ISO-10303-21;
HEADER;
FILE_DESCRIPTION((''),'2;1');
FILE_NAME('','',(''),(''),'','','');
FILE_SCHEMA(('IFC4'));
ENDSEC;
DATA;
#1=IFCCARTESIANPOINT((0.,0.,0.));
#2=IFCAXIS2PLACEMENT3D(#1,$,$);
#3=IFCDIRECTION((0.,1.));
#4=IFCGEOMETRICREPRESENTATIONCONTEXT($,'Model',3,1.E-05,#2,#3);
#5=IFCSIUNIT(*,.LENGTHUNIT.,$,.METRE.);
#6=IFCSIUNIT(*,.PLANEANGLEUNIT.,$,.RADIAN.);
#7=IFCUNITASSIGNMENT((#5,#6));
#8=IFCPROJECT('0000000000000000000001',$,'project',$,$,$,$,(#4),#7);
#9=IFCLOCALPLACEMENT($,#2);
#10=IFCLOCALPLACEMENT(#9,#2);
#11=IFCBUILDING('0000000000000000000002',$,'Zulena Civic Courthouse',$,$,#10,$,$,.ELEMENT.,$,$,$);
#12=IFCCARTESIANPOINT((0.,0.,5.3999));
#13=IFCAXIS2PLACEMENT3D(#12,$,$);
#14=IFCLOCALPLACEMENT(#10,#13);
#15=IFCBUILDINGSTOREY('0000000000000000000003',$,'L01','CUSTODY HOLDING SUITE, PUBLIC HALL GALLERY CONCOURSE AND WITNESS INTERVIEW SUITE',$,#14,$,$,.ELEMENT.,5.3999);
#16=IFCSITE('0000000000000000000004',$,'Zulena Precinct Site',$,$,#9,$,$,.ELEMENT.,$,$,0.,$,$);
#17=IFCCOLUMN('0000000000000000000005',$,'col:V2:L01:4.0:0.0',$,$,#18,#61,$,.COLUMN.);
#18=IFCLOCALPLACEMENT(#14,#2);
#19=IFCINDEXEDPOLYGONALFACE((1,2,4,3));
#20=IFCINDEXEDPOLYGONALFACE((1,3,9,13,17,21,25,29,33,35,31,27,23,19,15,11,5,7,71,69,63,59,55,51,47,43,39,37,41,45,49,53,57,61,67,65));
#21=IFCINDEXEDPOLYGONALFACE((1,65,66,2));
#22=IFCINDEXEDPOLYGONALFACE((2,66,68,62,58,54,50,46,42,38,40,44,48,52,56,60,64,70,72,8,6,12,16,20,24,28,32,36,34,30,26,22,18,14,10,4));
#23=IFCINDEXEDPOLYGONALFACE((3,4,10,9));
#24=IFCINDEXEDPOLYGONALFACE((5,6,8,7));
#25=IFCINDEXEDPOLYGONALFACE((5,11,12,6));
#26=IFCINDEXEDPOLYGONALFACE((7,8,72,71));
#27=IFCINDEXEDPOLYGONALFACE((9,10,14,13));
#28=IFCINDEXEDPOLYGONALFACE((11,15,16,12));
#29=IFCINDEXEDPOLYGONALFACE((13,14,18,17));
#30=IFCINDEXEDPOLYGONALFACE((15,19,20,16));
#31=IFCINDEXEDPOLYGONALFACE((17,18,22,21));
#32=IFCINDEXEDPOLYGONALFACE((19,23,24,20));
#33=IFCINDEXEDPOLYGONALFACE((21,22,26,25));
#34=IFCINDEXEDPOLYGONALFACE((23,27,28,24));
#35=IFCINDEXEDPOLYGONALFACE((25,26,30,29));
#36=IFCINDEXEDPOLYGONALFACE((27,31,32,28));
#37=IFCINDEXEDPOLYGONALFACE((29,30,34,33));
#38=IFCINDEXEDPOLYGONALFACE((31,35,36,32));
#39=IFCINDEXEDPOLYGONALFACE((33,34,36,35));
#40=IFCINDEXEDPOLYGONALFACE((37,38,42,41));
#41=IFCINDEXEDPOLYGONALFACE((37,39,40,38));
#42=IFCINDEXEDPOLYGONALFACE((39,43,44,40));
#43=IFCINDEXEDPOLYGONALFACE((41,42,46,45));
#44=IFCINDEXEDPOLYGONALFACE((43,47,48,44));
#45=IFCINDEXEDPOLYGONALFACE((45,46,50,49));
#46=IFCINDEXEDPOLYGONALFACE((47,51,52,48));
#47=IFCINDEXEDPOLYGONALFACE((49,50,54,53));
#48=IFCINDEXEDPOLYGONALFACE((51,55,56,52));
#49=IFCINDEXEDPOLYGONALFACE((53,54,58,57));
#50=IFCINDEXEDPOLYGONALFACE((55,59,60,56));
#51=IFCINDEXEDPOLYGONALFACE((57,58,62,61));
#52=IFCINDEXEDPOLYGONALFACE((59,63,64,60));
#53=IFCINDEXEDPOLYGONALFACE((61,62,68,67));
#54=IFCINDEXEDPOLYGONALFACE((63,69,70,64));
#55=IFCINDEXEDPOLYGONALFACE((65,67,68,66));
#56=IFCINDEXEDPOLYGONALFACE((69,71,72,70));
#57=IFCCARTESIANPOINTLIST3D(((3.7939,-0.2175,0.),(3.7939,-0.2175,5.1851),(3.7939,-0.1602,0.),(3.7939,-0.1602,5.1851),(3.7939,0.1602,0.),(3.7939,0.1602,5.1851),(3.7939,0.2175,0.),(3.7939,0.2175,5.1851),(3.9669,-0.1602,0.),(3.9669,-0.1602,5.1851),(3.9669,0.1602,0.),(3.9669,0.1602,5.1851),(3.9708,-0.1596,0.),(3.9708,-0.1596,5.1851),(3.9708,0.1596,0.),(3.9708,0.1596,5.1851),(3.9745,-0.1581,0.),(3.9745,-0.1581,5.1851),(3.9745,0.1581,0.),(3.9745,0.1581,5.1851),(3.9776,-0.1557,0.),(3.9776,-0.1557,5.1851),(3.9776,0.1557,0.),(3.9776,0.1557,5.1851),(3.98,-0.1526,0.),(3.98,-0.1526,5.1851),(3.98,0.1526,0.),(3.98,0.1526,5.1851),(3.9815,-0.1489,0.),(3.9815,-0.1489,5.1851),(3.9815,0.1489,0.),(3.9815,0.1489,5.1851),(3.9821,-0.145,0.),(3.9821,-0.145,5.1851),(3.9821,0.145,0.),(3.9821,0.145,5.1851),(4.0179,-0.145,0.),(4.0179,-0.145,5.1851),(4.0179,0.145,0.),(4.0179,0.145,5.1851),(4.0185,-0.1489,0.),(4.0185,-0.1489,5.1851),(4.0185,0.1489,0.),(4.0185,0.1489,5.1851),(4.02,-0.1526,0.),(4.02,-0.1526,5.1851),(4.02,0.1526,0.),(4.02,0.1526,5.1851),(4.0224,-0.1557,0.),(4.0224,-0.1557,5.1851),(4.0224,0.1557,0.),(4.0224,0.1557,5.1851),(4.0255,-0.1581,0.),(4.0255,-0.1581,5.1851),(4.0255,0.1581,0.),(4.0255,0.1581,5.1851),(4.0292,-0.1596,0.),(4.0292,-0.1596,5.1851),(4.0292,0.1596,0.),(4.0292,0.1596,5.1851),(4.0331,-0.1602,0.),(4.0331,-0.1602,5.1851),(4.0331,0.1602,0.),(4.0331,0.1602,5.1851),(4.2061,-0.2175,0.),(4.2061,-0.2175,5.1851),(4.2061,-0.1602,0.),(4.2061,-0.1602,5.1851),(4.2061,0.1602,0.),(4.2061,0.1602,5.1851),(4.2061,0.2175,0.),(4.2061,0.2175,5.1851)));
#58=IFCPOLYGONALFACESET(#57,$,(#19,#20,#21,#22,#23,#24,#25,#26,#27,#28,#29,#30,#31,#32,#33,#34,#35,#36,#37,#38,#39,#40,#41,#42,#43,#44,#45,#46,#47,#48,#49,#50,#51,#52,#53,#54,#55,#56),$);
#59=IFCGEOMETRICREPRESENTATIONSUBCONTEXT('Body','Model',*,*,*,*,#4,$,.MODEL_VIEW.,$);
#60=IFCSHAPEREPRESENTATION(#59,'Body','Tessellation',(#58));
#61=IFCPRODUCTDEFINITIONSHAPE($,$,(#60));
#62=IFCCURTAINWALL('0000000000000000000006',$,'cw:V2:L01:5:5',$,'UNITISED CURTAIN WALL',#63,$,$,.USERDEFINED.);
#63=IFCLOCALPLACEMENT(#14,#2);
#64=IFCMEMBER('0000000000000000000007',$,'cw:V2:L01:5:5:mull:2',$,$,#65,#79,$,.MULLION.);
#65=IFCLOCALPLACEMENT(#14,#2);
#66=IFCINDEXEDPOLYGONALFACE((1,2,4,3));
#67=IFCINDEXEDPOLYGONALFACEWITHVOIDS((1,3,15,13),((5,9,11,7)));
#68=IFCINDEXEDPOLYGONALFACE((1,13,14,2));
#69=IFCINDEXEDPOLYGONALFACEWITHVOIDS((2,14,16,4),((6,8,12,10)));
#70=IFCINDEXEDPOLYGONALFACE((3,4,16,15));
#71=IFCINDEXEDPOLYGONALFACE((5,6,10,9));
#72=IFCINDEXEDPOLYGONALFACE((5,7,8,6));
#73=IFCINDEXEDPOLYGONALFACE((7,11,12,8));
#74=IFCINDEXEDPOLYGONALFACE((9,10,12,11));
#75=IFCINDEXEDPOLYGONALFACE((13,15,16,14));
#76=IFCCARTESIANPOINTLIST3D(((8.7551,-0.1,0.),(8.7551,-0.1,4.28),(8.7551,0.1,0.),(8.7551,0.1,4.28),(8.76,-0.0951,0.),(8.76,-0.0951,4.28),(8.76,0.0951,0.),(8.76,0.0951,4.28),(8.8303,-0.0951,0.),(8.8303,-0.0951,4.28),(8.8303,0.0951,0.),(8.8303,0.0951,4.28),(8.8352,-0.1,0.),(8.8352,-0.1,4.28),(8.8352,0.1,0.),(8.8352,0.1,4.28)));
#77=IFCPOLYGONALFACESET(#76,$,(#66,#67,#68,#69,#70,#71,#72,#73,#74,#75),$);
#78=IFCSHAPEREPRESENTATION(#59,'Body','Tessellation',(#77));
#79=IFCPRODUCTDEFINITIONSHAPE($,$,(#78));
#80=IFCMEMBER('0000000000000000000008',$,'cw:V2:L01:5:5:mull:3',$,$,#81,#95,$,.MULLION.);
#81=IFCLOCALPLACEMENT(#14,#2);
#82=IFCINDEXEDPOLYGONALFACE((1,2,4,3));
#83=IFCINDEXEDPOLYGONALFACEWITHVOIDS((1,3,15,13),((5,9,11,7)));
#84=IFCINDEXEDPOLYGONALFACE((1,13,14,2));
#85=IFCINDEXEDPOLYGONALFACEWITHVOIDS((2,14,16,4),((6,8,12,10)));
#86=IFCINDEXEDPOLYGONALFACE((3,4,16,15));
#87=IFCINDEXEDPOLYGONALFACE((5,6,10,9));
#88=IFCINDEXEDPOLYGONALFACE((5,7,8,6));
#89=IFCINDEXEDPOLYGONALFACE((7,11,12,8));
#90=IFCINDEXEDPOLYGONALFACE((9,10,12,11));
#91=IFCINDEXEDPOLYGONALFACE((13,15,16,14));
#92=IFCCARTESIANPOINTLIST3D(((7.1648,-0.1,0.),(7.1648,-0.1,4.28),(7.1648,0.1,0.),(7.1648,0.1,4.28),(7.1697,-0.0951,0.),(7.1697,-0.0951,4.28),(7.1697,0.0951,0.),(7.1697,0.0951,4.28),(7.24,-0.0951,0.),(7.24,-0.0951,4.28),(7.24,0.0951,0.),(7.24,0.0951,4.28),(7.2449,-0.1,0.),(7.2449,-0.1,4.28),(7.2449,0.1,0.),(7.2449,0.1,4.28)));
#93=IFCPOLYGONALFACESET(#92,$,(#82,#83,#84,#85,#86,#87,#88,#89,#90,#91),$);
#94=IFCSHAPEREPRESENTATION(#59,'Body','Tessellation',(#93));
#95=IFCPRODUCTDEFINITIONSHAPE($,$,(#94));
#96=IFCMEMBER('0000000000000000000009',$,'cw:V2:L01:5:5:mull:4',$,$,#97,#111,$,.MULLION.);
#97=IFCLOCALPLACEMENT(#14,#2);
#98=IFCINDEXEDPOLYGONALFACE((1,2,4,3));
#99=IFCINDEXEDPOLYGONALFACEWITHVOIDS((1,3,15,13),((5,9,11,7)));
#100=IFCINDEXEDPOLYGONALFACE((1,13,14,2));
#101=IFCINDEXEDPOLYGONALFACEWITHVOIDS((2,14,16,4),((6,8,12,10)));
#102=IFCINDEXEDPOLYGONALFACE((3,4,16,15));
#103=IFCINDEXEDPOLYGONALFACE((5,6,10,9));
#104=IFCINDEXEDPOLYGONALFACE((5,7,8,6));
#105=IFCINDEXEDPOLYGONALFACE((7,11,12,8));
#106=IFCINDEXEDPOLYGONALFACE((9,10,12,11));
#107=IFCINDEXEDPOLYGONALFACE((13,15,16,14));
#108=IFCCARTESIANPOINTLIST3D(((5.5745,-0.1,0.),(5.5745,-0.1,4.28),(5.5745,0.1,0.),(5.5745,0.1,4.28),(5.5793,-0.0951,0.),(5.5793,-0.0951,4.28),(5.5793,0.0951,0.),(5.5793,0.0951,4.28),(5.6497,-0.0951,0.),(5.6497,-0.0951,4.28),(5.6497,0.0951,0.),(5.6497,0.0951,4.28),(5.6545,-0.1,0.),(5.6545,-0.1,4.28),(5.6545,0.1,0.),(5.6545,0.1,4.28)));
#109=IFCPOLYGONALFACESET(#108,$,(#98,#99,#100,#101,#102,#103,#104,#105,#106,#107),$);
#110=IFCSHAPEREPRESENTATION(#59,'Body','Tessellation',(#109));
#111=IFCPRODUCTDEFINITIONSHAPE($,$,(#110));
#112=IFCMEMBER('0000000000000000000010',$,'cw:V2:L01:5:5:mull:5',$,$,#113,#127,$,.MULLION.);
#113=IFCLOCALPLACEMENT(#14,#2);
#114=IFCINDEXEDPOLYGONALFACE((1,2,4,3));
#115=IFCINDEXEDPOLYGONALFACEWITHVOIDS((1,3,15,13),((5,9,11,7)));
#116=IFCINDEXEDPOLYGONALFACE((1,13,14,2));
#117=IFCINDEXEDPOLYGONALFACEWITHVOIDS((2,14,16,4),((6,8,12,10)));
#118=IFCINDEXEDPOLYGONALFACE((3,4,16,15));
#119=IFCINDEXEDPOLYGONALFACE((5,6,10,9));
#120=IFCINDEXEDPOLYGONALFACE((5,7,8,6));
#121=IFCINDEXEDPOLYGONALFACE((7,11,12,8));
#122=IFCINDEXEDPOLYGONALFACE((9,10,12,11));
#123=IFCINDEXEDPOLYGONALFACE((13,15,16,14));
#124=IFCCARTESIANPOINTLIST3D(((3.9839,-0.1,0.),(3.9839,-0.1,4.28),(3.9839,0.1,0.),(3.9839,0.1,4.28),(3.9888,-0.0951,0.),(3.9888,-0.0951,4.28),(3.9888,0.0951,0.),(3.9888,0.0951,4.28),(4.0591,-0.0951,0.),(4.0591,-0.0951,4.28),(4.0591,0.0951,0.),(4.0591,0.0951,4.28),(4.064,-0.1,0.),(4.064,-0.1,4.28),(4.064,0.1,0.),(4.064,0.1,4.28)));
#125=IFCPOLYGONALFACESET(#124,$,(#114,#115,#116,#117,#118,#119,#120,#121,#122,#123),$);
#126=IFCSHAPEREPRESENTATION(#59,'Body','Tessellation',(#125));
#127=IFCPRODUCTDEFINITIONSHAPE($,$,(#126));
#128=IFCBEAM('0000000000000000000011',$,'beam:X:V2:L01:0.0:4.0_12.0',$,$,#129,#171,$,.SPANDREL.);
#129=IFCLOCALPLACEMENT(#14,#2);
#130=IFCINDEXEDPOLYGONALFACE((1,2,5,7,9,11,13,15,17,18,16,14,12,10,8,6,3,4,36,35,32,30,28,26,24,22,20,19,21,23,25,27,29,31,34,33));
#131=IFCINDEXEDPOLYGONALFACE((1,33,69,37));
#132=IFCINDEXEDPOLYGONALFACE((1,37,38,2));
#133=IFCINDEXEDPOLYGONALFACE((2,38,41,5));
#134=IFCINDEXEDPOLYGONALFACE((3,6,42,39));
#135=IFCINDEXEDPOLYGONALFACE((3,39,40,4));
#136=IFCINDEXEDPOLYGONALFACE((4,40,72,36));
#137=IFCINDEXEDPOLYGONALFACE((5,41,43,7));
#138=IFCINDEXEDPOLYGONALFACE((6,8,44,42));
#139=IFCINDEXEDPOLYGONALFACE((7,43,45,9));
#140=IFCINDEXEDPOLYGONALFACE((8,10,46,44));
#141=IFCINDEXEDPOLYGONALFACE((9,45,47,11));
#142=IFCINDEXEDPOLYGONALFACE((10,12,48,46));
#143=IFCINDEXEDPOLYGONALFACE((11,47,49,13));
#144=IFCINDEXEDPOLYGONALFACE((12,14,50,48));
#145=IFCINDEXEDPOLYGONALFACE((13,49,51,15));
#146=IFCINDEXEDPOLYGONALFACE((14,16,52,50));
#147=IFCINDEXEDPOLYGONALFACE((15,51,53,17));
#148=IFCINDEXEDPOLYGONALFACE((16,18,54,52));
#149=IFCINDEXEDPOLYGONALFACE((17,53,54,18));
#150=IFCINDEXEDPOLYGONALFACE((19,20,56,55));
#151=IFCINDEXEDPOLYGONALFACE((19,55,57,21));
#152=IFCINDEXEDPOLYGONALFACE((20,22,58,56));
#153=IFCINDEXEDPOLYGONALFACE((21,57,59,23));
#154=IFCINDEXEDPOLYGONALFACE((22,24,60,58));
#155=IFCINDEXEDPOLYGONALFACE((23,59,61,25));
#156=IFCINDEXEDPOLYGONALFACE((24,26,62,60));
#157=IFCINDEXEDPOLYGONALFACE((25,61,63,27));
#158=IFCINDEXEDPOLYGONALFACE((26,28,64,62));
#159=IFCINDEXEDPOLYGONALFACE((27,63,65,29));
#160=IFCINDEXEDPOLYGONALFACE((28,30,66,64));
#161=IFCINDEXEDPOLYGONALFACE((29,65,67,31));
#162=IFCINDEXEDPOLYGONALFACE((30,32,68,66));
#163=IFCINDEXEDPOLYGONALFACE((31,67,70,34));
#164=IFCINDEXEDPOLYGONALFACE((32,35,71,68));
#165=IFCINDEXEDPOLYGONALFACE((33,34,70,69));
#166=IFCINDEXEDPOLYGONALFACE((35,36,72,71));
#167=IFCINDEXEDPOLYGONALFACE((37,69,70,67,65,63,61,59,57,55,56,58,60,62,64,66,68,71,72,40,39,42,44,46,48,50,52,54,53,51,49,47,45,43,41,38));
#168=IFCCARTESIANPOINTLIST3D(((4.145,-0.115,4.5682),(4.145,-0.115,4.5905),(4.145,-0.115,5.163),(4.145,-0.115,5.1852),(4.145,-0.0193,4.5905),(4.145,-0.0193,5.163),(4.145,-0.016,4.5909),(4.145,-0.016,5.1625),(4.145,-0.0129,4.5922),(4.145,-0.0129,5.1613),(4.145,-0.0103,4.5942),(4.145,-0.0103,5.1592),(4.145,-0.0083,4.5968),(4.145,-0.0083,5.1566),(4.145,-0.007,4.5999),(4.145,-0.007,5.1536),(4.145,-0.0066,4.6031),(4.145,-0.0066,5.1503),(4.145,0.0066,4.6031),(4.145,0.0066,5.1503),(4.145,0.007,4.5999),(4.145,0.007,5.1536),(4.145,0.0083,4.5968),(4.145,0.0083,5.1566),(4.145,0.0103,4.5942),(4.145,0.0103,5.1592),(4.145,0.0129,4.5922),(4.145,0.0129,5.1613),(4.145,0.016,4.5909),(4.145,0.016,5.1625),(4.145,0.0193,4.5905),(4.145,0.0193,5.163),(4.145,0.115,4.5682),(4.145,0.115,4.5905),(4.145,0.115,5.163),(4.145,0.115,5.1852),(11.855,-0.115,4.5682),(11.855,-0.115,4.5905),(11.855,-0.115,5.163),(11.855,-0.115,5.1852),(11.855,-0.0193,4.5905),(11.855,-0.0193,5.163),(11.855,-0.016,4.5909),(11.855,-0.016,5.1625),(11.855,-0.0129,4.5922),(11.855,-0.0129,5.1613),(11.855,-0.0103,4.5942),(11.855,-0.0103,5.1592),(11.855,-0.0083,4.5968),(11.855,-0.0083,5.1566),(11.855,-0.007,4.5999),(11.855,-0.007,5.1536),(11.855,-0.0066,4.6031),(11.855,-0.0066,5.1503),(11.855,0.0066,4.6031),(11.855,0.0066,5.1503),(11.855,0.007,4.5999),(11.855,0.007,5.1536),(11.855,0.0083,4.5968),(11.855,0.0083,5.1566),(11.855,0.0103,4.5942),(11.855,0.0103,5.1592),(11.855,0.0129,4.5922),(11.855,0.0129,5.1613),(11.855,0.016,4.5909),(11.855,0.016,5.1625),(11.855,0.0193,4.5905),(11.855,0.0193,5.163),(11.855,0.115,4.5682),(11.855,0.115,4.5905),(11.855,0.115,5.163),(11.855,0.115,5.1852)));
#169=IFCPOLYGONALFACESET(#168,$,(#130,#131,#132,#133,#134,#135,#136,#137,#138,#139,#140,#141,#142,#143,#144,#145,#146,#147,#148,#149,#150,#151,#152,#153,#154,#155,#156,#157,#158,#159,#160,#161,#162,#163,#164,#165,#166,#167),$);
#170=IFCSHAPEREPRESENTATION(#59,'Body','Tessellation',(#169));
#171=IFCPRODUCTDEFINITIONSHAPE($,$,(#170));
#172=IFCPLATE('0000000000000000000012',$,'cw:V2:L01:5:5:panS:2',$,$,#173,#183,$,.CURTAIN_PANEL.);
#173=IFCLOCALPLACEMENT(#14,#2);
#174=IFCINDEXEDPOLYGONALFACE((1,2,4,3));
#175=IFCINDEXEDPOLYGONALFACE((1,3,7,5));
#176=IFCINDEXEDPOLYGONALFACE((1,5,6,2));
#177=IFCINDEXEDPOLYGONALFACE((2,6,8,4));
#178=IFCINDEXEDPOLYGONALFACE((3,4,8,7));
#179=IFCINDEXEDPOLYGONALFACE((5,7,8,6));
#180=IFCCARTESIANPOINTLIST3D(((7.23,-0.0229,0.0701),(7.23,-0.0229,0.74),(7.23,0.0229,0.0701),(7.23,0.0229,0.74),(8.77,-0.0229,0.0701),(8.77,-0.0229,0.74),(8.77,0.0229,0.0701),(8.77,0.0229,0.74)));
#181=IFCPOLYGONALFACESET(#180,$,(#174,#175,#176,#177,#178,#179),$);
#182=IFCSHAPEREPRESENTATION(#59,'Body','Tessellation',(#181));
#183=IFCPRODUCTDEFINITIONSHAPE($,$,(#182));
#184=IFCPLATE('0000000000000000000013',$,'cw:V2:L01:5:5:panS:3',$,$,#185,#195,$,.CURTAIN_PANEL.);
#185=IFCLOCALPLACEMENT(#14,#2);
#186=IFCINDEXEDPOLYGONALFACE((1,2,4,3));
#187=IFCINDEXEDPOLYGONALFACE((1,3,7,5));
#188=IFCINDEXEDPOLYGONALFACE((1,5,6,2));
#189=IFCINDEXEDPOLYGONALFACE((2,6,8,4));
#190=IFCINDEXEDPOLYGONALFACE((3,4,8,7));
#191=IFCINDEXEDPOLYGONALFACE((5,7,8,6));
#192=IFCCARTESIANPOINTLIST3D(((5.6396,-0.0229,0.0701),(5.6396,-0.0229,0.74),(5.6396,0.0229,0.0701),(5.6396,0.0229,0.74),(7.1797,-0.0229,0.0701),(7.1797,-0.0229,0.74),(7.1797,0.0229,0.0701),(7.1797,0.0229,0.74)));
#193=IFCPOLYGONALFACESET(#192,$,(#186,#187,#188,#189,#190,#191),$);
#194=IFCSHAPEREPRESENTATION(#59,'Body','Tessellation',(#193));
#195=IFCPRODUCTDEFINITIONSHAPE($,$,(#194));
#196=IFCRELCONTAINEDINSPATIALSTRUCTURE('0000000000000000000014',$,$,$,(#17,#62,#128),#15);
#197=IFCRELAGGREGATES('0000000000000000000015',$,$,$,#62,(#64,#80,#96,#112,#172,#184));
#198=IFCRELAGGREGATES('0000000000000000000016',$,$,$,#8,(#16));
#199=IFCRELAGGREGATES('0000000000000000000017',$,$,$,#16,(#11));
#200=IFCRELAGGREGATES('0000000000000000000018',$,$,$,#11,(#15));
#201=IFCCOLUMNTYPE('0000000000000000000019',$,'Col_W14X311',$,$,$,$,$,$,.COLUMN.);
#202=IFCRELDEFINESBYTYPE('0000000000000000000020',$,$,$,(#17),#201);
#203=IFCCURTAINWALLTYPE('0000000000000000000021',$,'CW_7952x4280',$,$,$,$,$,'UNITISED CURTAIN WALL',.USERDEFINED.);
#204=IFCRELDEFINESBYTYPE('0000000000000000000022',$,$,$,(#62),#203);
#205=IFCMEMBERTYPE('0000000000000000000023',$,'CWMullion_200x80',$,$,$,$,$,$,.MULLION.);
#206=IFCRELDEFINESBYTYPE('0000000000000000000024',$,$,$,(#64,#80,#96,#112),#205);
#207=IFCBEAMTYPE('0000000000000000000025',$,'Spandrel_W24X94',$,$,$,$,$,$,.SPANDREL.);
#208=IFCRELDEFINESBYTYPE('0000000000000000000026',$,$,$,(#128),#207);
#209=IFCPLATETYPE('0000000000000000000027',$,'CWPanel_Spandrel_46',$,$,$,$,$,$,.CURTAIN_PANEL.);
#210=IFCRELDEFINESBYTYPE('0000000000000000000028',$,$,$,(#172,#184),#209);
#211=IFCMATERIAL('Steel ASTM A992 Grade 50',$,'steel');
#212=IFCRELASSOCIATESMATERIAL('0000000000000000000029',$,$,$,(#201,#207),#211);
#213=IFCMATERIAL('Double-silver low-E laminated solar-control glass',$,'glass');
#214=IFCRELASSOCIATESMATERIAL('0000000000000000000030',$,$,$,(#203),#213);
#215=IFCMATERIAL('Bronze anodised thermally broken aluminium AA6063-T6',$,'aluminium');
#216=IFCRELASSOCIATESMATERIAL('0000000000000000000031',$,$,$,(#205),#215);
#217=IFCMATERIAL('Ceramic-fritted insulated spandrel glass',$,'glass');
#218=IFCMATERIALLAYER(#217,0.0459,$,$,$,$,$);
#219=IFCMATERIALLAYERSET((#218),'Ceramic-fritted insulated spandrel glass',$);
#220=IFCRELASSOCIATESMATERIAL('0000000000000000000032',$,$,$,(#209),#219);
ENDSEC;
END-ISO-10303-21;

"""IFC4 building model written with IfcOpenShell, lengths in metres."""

from ifc_helpers import new_model, si_unit, direction, frame, origin, origin_2d, place, context, subcontext, project, spatial, rectangle, hollow_rectangle, i_section, extrude, material, layer, layer_set, material_profile, profile_set, type_object, element, aggregate, save


model = new_model("IFC4")

# Units and contexts
model_context = context("Model", 3, precision=1e-05, world=origin(), true_north=direction((0.0, 1.0)))
body_context = subcontext(model_context, "Body", "Model", "MODEL_VIEW")
ifc_project = project(units=[si_unit("LENGTHUNIT", "METRE"), si_unit("PLANEANGLEUNIT", "RADIAN")], contexts=[model_context])

# Site, building, storey
site_placement = place(None, origin())
site = spatial("IfcSite", under=ifc_project, at=site_placement, Name="Zulena Precinct Site", CompositionType="ELEMENT", RefElevation=0.0)
building_placement = place(site_placement, origin())
building = spatial("IfcBuilding", under=site, at=building_placement, Name="Zulena Civic Courthouse", CompositionType="ELEMENT")
storey_placement = place(building_placement, frame((0.0, 0.0, 5.3999)))
storey = spatial("IfcBuildingStorey", under=building, at=storey_placement, Name="L01", Description="CUSTODY HOLDING SUITE, PUBLIC HALL GALLERY CONCOURSE AND WITNESS INTERVIEW SUITE", CompositionType="ELEMENT", Elevation=5.3999)

# Column
ifc_material_1 = material(Name="Steel ASTM A992 Grade 50", Category="steel")
ifc_material_profile_1 = material_profile(ifc_material_1, i_section(OverallWidth=0.4121, OverallDepth=0.4351, WebThickness=0.0359, FlangeThickness=0.0574, FilletRadius=0.0151, at=origin_2d()), Name="W14X311")
ifc_profile_set_1 = profile_set([ifc_material_profile_1], Name="Steel ASTM A992 Grade 50")
column_type = type_object("IfcColumnType", Name="Col_W14X311", PredefinedType="COLUMN", material=ifc_profile_set_1)
column_placement = place(storey_placement, frame((4.0, 0.0, 0.0), z_axis=(0.0, 0.0, 1.0), x_axis=(1.0, 0.0, 0.0)))
element("IfcColumn", 1, at=column_placement, inside=storey, type_object=column_type, Name="col:V2:L01:4.0:0.0", PredefinedType="COLUMN", context=body_context, shape_type="SweptSolid", body=[
    extrude(i_section(OverallWidth=0.4121, OverallDepth=0.4351, WebThickness=0.0359, FlangeThickness=0.0574, FilletRadius=0.0151, at=origin_2d()), origin(), (0.0, 0.0, 1.0), 5.1851),
])

# Curtain wall, members
ifc_material_2 = material(Name="Double-silver low-E laminated solar-control glass", Category="glass")
curtain_wall_type = type_object("IfcCurtainWallType", Name="CW_7952x4280", ElementType="UNITISED CURTAIN WALL", PredefinedType="USERDEFINED", material=ifc_material_2)
curtain_wall_placement = place(storey_placement, origin())
curtain_wall = element("IfcCurtainWall", 2, at=curtain_wall_placement, inside=storey, type_object=curtain_wall_type, Name="cw:V2:L01:5:5", ObjectType="UNITISED CURTAIN WALL", PredefinedType="USERDEFINED")
ifc_material_3 = material(Name="Bronze anodised thermally broken aluminium AA6063-T6", Category="aluminium")
ifc_material_profile_2 = material_profile(ifc_material_3, hollow_rectangle(XDim=0.0801, YDim=0.2, WallThickness=0.0049, at=origin_2d()), Name="CWM200X80X5")
ifc_profile_set_2 = profile_set([ifc_material_profile_2], Name="Bronze anodised thermally broken aluminium AA6063-T6")
member_type = type_object("IfcMemberType", Name="CWMullion_200x80", PredefinedType="MULLION", material=ifc_profile_set_2)
member_1_placement = place(storey_placement, frame((8.7952, 0.0, 0.0), z_axis=(0.0, 0.0, 1.0), x_axis=(1.0, 0.0, 0.0)))
member_1 = element("IfcMember", 3, at=member_1_placement, type_object=member_type, Name="cw:V2:L01:5:5:mull:2", PredefinedType="MULLION", context=body_context, shape_type="SweptSolid", body=[
    extrude(hollow_rectangle(XDim=0.0801, YDim=0.2, WallThickness=0.0049, at=origin_2d()), origin(), (0.0, 0.0, 1.0), 4.28),
])
member_2_placement = place(storey_placement, frame((7.2048, 0.0, 0.0), z_axis=(0.0, 0.0, 1.0), x_axis=(1.0, 0.0, 0.0)))
member_2 = element("IfcMember", 4, at=member_2_placement, type_object=member_type, Name="cw:V2:L01:5:5:mull:3", PredefinedType="MULLION", context=body_context, shape_type="SweptSolid", body=[
    extrude(hollow_rectangle(XDim=0.0801, YDim=0.2, WallThickness=0.0049, at=origin_2d()), origin(), (0.0, 0.0, 1.0), 4.28),
])
member_3_placement = place(storey_placement, frame((5.6145, 0.0, 0.0), z_axis=(0.0, 0.0, 1.0), x_axis=(1.0, 0.0, 0.0)))
member_3 = element("IfcMember", 5, at=member_3_placement, type_object=member_type, Name="cw:V2:L01:5:5:mull:4", PredefinedType="MULLION", context=body_context, shape_type="SweptSolid", body=[
    extrude(hollow_rectangle(XDim=0.0801, YDim=0.2, WallThickness=0.0049, at=origin_2d()), origin(), (0.0, 0.0, 1.0), 4.28),
])
member_4_placement = place(storey_placement, frame((4.0239, 0.0, 0.0), z_axis=(0.0, 0.0, 1.0), x_axis=(1.0, 0.0, 0.0)))
member_4 = element("IfcMember", 6, at=member_4_placement, type_object=member_type, Name="cw:V2:L01:5:5:mull:5", PredefinedType="MULLION", context=body_context, shape_type="SweptSolid", body=[
    extrude(hollow_rectangle(XDim=0.0801, YDim=0.2, WallThickness=0.0049, at=origin_2d()), origin(), (0.0, 0.0, 1.0), 4.28),
])

# Beam
ifc_material_profile_3 = material_profile(ifc_material_1, i_section(OverallWidth=0.23, OverallDepth=0.6169, WebThickness=0.0132, FlangeThickness=0.0222, FilletRadius=0.0127, at=origin_2d()), Name="W24X94")
ifc_profile_set_3 = profile_set([ifc_material_profile_3], Name="Steel ASTM A992 Grade 50")
beam_type = type_object("IfcBeamType", Name="Spandrel_W24X94", PredefinedType="SPANDREL", material=ifc_profile_set_3)
beam_placement = place(storey_placement, frame((4.145, 0.0, 4.8767), z_axis=(1.0, 0.0, 0.0), x_axis=(0.0, 1.0, 0.0)))
element("IfcBeam", 7, at=beam_placement, inside=storey, type_object=beam_type, Name="beam:X:V2:L01:0.0:4.0_12.0", PredefinedType="SPANDREL", context=body_context, shape_type="SweptSolid", body=[
    extrude(i_section(OverallWidth=0.23, OverallDepth=0.6169, WebThickness=0.0132, FlangeThickness=0.0222, FilletRadius=0.0127, at=origin_2d()), origin(), (0.0, 0.0, 1.0), 7.71),
])

# Plates
ifc_material_4 = material(Name="Ceramic-fritted insulated spandrel glass", Category="glass")
ifc_layer_1 = layer(ifc_material_4, 0.0459)
ifc_layer_set_1 = layer_set([ifc_layer_1], Name="Ceramic-fritted insulated spandrel glass")
plate_type_1 = type_object("IfcPlateType", Name="CWPanel_Spandrel_46", PredefinedType="CURTAIN_PANEL", material=ifc_layer_set_1)
plate_1_placement = place(storey_placement, frame((8.0, 0.0, 0.0701), z_axis=(0.0, 0.0, 1.0), x_axis=(-1.0, 0.0, 0.0)))
plate_1 = element("IfcPlate", 8, at=plate_1_placement, type_object=plate_type_1, Name="cw:V2:L01:5:5:panS:2", PredefinedType="CURTAIN_PANEL", context=body_context, shape_type="SweptSolid", body=[
    extrude(rectangle(XDim=1.54, YDim=0.0459, at=origin_2d()), origin(), (0.0, 0.0, 1.0), 0.6699),
])
plate_2_placement = place(storey_placement, frame((6.4097, 0.0, 0.0701), z_axis=(0.0, 0.0, 1.0), x_axis=(-1.0, 0.0, 0.0)))
plate_2 = element("IfcPlate", 9, at=plate_2_placement, type_object=plate_type_1, Name="cw:V2:L01:5:5:panS:3", PredefinedType="CURTAIN_PANEL", context=body_context, shape_type="SweptSolid", body=[
    extrude(rectangle(XDim=1.54, YDim=0.0459, at=origin_2d()), origin(), (0.0, 0.0, 1.0), 0.6699),
])
aggregate(curtain_wall, [member_1, member_2, member_3, member_4, plate_1, plate_2])

save(model, "model.ifc")
